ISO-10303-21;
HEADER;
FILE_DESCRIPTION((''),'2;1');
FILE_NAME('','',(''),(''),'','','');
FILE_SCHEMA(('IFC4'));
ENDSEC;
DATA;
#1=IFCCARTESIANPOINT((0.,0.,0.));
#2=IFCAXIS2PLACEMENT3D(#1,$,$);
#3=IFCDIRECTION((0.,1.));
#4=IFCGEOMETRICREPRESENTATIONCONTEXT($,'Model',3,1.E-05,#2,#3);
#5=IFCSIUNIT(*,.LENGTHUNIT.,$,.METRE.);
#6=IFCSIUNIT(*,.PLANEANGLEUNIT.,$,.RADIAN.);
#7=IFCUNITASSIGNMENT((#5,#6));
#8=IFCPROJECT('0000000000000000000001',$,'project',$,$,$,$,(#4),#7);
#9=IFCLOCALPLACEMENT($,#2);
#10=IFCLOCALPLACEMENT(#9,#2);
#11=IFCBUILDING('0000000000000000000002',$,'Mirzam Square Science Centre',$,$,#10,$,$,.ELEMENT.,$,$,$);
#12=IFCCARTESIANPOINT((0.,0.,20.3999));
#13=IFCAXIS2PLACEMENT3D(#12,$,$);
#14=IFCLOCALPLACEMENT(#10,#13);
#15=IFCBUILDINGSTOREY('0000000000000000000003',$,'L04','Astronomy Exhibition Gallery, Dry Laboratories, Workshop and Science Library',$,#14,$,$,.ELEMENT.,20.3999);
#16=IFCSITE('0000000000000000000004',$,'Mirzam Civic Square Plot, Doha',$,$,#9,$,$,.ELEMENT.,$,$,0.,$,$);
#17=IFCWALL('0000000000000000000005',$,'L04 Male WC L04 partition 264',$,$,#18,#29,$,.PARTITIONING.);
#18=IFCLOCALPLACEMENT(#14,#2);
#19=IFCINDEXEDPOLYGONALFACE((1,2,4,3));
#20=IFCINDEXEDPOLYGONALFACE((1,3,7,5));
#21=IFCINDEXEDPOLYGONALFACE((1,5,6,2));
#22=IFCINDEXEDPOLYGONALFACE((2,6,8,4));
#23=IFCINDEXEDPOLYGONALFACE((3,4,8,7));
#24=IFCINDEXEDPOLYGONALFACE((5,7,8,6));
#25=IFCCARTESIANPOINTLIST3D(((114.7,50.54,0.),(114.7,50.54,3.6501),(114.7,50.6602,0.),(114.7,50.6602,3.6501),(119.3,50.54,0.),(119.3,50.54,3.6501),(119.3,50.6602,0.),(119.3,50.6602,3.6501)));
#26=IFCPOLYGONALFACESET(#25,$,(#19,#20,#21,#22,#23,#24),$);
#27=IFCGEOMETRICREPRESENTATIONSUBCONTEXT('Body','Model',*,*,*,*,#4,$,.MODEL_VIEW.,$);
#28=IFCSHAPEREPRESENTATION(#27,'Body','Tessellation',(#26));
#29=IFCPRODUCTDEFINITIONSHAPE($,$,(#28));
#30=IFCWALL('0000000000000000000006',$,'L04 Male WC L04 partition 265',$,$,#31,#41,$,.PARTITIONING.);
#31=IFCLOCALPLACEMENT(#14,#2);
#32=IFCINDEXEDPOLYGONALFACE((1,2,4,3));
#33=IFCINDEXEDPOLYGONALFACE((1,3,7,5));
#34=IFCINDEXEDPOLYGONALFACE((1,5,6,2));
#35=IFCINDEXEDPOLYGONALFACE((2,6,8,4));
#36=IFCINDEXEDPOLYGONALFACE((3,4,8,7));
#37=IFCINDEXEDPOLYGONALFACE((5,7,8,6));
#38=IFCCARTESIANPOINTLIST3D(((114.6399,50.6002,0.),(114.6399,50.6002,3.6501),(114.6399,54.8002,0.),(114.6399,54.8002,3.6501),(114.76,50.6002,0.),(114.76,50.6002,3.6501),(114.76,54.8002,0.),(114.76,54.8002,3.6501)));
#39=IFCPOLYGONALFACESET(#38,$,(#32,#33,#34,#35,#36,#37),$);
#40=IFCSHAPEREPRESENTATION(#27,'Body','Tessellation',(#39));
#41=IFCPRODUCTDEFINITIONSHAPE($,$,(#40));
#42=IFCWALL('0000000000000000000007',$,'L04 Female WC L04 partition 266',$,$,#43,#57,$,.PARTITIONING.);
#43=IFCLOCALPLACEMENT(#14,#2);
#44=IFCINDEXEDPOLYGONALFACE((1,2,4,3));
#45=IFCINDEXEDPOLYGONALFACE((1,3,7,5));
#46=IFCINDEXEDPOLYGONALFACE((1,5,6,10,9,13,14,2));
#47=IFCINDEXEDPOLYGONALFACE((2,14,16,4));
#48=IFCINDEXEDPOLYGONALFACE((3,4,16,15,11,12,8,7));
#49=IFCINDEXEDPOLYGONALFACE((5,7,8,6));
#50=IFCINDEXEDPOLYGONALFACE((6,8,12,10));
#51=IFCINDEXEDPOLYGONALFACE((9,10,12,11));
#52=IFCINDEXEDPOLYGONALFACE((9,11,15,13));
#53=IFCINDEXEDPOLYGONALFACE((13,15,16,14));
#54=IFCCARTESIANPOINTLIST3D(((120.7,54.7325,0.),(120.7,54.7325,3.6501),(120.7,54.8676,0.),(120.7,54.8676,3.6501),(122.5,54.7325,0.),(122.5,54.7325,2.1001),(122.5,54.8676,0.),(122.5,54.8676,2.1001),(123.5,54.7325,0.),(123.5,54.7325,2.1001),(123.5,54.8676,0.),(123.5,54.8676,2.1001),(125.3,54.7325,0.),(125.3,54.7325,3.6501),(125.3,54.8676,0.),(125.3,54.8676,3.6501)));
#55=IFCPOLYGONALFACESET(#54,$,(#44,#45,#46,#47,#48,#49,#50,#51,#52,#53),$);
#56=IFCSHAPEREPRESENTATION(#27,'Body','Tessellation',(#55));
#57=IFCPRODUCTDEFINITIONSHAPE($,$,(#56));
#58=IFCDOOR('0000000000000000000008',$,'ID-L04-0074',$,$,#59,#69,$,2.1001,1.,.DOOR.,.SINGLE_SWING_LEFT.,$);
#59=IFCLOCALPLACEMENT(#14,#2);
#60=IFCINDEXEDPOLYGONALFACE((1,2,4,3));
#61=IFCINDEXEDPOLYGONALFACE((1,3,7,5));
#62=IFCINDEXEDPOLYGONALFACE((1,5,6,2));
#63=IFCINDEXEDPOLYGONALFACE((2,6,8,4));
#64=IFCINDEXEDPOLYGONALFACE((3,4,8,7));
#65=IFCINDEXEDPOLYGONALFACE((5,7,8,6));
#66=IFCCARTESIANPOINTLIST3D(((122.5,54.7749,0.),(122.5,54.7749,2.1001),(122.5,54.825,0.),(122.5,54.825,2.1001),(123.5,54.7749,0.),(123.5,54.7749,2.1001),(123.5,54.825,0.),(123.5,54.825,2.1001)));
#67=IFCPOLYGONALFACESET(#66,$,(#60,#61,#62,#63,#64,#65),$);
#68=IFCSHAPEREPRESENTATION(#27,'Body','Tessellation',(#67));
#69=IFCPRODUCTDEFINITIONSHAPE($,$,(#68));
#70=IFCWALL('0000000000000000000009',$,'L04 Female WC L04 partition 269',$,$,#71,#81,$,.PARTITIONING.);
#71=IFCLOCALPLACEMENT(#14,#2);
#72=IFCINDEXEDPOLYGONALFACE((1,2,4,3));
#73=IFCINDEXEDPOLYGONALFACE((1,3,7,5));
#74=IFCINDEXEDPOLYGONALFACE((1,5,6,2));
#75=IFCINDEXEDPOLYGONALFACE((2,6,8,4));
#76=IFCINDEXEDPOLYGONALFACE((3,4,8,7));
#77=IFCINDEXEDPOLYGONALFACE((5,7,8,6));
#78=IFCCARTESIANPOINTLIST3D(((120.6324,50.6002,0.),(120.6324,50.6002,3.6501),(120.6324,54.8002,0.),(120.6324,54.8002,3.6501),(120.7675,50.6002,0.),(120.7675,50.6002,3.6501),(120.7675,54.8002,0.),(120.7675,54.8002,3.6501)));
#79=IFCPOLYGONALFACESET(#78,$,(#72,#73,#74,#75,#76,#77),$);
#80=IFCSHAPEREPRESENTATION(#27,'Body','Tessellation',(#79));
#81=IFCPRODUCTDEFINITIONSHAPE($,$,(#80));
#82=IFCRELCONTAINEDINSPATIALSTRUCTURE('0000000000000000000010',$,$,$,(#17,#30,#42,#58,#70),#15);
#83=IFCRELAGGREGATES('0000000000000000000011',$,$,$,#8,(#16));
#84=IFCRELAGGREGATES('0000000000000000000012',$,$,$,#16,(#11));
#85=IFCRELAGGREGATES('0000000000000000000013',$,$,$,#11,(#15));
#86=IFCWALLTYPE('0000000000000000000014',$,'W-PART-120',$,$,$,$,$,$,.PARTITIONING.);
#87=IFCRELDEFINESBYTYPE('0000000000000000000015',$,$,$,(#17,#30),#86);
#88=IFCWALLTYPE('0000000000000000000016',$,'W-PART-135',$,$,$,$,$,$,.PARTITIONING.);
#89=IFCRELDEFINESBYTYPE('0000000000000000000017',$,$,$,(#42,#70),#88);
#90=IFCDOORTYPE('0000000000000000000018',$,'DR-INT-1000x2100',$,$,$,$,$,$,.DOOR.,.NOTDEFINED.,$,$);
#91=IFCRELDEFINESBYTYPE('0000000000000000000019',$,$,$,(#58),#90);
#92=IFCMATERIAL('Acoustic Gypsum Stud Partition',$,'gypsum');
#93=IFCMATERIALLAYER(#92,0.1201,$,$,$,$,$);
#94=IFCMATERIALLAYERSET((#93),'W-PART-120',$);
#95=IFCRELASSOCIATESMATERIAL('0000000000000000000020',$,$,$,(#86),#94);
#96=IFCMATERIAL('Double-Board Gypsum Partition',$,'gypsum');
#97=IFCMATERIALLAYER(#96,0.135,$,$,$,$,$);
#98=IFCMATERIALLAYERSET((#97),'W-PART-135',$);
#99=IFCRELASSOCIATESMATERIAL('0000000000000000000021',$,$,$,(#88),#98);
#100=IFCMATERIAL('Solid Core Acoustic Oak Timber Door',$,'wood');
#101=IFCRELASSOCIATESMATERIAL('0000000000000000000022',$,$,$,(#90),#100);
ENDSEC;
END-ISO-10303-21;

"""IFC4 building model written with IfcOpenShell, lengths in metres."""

from ifc_helpers import new_model, si_unit, direction, frame, frame_2d, origin, place, context, subcontext, project, spatial, rectangle, extrude, material, layer, layer_set, type_object, element, fill, save


model = new_model("IFC4")

# Units and contexts
model_context = context("Model", 3, precision=1e-05, world=origin(), true_north=direction((0.0, 1.0)))
body_context = subcontext(model_context, "Body", "Model", "MODEL_VIEW")
ifc_project = project(units=[si_unit("LENGTHUNIT", "METRE"), si_unit("PLANEANGLEUNIT", "RADIAN")], contexts=[model_context])

# Site, building, storey
site_placement = place(None, origin())
site = spatial("IfcSite", under=ifc_project, at=site_placement, Name="Mirzam Civic Square Plot, Doha", CompositionType="ELEMENT", RefElevation=0.0)
building_placement = place(site_placement, origin())
building = spatial("IfcBuilding", under=site, at=building_placement, Name="Mirzam Square Science Centre", CompositionType="ELEMENT")
storey_placement = place(building_placement, frame((0.0, 0.0, 20.3999)))
storey = spatial("IfcBuildingStorey", under=building, at=storey_placement, Name="L04", Description="Astronomy Exhibition Gallery, Dry Laboratories, Workshop and Science Library", CompositionType="ELEMENT", Elevation=20.3999)

# Shared definitions
ifc_material_1 = material(Name="Acoustic Gypsum Stud Partition", Category="gypsum")
ifc_layer_1 = layer(ifc_material_1, 0.1201)
ifc_layer_set_1 = layer_set([ifc_layer_1], Name="W-PART-120")
wall_type_1 = type_object("IfcWallType", Name="W-PART-120", PredefinedType="PARTITIONING", material=ifc_layer_set_1)
ifc_material_2 = material(Name="Solid Core Acoustic Oak Timber Door", Category="wood")

# Walls
wall_1_placement = place(storey_placement, frame((119.3, 50.6001, 0.0), z_axis=(0.0, 0.0, 1.0), x_axis=(-1.0, 0.0, 0.0)))
element("IfcWall", 1, at=wall_1_placement, inside=storey, type_object=wall_type_1, Name="L04 Male WC L04 partition 264", PredefinedType="PARTITIONING", context=body_context, shape_type="SweptSolid", body=[
    extrude(rectangle(XDim=4.6001, YDim=0.1201, at=frame_2d((2.3, 0.0))), origin(), (0.0, 0.0, 1.0), 3.6501),
])
wall_2_placement = place(storey_placement, frame((114.7, 50.6001, 0.0), z_axis=(0.0, 0.0, 1.0), x_axis=(0.0, 1.0, 0.0)))
element("IfcWall", 2, at=wall_2_placement, inside=storey, type_object=wall_type_1, Name="L04 Male WC L04 partition 265", PredefinedType="PARTITIONING", context=body_context, shape_type="SweptSolid", body=[
    extrude(rectangle(XDim=4.2, YDim=0.1201, at=frame_2d((2.1001, 0.0))), origin(), (0.0, 0.0, 1.0), 3.6501),
])

# Wall, opening, door
ifc_material_3 = material(Name="Double-Board Gypsum Partition", Category="gypsum")
ifc_layer_2 = layer(ifc_material_3, 0.135)
ifc_layer_set_2 = layer_set([ifc_layer_2], Name="W-PART-135")
wall_type_2 = type_object("IfcWallType", Name="W-PART-135", PredefinedType="PARTITIONING", material=ifc_layer_set_2)
wall_3_placement = place(storey_placement, frame((120.7, 54.8, 0.0), z_axis=(0.0, 0.0, 1.0), x_axis=(1.0, 0.0, 0.0)))
wall_3 = element("IfcWall", 3, at=wall_3_placement, inside=storey, type_object=wall_type_2, Name="L04 Female WC L04 partition 266", PredefinedType="PARTITIONING", context=body_context, shape_type="SweptSolid", body=[
    extrude(rectangle(XDim=4.6001, YDim=0.135, at=frame_2d((2.3, 0.0))), origin(), (0.0, 0.0, 1.0), 3.6501),
])
opening_1_placement = place(wall_3_placement, frame((1.8, 0.0, 0.0)))
opening_1 = element("IfcOpeningElement", 4, at=opening_1_placement, cuts=wall_3, PredefinedType="OPENING", context=body_context, shape_type="SweptSolid", body=[
    extrude(rectangle(XDim=1.0, YDim=2.1001, at=frame_2d((0.5, 1.05))), frame((0.0, 0.0774, 0.0), z_axis=(0.0, -1.0, 0.0), x_axis=(1.0, 0.0, 0.0)), (0.0, 0.0, 1.0), 0.155),
])
door_type_1 = type_object("IfcDoorType", Name="DR-INT-1000x2100", OperationType="NOTDEFINED", PredefinedType="DOOR", material=ifc_material_2)
door_1_placement = place(opening_1_placement, origin())
door_1 = element("IfcDoor", 5, at=door_1_placement, inside=storey, type_object=door_type_1, Name="ID-L04-0074", OperationType="SINGLE_SWING_LEFT", OverallHeight=2.1001, OverallWidth=1.0, PredefinedType="DOOR", context=body_context, shape_type="SweptSolid", body=[
    extrude(rectangle(XDim=1.0, YDim=2.1001, at=frame_2d((0.5, 1.05))), frame((0.0, 0.0249, 0.0), z_axis=(0.0, -1.0, 0.0), x_axis=(1.0, 0.0, 0.0)), (0.0, 0.0, 1.0), 0.05),
])
fill(opening_1, door_1)

# Wall
wall_4_placement = place(storey_placement, frame((120.7, 50.6001, 0.0), z_axis=(0.0, 0.0, 1.0), x_axis=(0.0, 1.0, 0.0)))
element("IfcWall", 6, at=wall_4_placement, inside=storey, type_object=wall_type_2, Name="L04 Female WC L04 partition 269", PredefinedType="PARTITIONING", context=body_context, shape_type="SweptSolid", body=[
    extrude(rectangle(XDim=4.2, YDim=0.135, at=frame_2d((2.1001, 0.0))), origin(), (0.0, 0.0, 1.0), 3.6501),
])

save(model, "model.ifc")
